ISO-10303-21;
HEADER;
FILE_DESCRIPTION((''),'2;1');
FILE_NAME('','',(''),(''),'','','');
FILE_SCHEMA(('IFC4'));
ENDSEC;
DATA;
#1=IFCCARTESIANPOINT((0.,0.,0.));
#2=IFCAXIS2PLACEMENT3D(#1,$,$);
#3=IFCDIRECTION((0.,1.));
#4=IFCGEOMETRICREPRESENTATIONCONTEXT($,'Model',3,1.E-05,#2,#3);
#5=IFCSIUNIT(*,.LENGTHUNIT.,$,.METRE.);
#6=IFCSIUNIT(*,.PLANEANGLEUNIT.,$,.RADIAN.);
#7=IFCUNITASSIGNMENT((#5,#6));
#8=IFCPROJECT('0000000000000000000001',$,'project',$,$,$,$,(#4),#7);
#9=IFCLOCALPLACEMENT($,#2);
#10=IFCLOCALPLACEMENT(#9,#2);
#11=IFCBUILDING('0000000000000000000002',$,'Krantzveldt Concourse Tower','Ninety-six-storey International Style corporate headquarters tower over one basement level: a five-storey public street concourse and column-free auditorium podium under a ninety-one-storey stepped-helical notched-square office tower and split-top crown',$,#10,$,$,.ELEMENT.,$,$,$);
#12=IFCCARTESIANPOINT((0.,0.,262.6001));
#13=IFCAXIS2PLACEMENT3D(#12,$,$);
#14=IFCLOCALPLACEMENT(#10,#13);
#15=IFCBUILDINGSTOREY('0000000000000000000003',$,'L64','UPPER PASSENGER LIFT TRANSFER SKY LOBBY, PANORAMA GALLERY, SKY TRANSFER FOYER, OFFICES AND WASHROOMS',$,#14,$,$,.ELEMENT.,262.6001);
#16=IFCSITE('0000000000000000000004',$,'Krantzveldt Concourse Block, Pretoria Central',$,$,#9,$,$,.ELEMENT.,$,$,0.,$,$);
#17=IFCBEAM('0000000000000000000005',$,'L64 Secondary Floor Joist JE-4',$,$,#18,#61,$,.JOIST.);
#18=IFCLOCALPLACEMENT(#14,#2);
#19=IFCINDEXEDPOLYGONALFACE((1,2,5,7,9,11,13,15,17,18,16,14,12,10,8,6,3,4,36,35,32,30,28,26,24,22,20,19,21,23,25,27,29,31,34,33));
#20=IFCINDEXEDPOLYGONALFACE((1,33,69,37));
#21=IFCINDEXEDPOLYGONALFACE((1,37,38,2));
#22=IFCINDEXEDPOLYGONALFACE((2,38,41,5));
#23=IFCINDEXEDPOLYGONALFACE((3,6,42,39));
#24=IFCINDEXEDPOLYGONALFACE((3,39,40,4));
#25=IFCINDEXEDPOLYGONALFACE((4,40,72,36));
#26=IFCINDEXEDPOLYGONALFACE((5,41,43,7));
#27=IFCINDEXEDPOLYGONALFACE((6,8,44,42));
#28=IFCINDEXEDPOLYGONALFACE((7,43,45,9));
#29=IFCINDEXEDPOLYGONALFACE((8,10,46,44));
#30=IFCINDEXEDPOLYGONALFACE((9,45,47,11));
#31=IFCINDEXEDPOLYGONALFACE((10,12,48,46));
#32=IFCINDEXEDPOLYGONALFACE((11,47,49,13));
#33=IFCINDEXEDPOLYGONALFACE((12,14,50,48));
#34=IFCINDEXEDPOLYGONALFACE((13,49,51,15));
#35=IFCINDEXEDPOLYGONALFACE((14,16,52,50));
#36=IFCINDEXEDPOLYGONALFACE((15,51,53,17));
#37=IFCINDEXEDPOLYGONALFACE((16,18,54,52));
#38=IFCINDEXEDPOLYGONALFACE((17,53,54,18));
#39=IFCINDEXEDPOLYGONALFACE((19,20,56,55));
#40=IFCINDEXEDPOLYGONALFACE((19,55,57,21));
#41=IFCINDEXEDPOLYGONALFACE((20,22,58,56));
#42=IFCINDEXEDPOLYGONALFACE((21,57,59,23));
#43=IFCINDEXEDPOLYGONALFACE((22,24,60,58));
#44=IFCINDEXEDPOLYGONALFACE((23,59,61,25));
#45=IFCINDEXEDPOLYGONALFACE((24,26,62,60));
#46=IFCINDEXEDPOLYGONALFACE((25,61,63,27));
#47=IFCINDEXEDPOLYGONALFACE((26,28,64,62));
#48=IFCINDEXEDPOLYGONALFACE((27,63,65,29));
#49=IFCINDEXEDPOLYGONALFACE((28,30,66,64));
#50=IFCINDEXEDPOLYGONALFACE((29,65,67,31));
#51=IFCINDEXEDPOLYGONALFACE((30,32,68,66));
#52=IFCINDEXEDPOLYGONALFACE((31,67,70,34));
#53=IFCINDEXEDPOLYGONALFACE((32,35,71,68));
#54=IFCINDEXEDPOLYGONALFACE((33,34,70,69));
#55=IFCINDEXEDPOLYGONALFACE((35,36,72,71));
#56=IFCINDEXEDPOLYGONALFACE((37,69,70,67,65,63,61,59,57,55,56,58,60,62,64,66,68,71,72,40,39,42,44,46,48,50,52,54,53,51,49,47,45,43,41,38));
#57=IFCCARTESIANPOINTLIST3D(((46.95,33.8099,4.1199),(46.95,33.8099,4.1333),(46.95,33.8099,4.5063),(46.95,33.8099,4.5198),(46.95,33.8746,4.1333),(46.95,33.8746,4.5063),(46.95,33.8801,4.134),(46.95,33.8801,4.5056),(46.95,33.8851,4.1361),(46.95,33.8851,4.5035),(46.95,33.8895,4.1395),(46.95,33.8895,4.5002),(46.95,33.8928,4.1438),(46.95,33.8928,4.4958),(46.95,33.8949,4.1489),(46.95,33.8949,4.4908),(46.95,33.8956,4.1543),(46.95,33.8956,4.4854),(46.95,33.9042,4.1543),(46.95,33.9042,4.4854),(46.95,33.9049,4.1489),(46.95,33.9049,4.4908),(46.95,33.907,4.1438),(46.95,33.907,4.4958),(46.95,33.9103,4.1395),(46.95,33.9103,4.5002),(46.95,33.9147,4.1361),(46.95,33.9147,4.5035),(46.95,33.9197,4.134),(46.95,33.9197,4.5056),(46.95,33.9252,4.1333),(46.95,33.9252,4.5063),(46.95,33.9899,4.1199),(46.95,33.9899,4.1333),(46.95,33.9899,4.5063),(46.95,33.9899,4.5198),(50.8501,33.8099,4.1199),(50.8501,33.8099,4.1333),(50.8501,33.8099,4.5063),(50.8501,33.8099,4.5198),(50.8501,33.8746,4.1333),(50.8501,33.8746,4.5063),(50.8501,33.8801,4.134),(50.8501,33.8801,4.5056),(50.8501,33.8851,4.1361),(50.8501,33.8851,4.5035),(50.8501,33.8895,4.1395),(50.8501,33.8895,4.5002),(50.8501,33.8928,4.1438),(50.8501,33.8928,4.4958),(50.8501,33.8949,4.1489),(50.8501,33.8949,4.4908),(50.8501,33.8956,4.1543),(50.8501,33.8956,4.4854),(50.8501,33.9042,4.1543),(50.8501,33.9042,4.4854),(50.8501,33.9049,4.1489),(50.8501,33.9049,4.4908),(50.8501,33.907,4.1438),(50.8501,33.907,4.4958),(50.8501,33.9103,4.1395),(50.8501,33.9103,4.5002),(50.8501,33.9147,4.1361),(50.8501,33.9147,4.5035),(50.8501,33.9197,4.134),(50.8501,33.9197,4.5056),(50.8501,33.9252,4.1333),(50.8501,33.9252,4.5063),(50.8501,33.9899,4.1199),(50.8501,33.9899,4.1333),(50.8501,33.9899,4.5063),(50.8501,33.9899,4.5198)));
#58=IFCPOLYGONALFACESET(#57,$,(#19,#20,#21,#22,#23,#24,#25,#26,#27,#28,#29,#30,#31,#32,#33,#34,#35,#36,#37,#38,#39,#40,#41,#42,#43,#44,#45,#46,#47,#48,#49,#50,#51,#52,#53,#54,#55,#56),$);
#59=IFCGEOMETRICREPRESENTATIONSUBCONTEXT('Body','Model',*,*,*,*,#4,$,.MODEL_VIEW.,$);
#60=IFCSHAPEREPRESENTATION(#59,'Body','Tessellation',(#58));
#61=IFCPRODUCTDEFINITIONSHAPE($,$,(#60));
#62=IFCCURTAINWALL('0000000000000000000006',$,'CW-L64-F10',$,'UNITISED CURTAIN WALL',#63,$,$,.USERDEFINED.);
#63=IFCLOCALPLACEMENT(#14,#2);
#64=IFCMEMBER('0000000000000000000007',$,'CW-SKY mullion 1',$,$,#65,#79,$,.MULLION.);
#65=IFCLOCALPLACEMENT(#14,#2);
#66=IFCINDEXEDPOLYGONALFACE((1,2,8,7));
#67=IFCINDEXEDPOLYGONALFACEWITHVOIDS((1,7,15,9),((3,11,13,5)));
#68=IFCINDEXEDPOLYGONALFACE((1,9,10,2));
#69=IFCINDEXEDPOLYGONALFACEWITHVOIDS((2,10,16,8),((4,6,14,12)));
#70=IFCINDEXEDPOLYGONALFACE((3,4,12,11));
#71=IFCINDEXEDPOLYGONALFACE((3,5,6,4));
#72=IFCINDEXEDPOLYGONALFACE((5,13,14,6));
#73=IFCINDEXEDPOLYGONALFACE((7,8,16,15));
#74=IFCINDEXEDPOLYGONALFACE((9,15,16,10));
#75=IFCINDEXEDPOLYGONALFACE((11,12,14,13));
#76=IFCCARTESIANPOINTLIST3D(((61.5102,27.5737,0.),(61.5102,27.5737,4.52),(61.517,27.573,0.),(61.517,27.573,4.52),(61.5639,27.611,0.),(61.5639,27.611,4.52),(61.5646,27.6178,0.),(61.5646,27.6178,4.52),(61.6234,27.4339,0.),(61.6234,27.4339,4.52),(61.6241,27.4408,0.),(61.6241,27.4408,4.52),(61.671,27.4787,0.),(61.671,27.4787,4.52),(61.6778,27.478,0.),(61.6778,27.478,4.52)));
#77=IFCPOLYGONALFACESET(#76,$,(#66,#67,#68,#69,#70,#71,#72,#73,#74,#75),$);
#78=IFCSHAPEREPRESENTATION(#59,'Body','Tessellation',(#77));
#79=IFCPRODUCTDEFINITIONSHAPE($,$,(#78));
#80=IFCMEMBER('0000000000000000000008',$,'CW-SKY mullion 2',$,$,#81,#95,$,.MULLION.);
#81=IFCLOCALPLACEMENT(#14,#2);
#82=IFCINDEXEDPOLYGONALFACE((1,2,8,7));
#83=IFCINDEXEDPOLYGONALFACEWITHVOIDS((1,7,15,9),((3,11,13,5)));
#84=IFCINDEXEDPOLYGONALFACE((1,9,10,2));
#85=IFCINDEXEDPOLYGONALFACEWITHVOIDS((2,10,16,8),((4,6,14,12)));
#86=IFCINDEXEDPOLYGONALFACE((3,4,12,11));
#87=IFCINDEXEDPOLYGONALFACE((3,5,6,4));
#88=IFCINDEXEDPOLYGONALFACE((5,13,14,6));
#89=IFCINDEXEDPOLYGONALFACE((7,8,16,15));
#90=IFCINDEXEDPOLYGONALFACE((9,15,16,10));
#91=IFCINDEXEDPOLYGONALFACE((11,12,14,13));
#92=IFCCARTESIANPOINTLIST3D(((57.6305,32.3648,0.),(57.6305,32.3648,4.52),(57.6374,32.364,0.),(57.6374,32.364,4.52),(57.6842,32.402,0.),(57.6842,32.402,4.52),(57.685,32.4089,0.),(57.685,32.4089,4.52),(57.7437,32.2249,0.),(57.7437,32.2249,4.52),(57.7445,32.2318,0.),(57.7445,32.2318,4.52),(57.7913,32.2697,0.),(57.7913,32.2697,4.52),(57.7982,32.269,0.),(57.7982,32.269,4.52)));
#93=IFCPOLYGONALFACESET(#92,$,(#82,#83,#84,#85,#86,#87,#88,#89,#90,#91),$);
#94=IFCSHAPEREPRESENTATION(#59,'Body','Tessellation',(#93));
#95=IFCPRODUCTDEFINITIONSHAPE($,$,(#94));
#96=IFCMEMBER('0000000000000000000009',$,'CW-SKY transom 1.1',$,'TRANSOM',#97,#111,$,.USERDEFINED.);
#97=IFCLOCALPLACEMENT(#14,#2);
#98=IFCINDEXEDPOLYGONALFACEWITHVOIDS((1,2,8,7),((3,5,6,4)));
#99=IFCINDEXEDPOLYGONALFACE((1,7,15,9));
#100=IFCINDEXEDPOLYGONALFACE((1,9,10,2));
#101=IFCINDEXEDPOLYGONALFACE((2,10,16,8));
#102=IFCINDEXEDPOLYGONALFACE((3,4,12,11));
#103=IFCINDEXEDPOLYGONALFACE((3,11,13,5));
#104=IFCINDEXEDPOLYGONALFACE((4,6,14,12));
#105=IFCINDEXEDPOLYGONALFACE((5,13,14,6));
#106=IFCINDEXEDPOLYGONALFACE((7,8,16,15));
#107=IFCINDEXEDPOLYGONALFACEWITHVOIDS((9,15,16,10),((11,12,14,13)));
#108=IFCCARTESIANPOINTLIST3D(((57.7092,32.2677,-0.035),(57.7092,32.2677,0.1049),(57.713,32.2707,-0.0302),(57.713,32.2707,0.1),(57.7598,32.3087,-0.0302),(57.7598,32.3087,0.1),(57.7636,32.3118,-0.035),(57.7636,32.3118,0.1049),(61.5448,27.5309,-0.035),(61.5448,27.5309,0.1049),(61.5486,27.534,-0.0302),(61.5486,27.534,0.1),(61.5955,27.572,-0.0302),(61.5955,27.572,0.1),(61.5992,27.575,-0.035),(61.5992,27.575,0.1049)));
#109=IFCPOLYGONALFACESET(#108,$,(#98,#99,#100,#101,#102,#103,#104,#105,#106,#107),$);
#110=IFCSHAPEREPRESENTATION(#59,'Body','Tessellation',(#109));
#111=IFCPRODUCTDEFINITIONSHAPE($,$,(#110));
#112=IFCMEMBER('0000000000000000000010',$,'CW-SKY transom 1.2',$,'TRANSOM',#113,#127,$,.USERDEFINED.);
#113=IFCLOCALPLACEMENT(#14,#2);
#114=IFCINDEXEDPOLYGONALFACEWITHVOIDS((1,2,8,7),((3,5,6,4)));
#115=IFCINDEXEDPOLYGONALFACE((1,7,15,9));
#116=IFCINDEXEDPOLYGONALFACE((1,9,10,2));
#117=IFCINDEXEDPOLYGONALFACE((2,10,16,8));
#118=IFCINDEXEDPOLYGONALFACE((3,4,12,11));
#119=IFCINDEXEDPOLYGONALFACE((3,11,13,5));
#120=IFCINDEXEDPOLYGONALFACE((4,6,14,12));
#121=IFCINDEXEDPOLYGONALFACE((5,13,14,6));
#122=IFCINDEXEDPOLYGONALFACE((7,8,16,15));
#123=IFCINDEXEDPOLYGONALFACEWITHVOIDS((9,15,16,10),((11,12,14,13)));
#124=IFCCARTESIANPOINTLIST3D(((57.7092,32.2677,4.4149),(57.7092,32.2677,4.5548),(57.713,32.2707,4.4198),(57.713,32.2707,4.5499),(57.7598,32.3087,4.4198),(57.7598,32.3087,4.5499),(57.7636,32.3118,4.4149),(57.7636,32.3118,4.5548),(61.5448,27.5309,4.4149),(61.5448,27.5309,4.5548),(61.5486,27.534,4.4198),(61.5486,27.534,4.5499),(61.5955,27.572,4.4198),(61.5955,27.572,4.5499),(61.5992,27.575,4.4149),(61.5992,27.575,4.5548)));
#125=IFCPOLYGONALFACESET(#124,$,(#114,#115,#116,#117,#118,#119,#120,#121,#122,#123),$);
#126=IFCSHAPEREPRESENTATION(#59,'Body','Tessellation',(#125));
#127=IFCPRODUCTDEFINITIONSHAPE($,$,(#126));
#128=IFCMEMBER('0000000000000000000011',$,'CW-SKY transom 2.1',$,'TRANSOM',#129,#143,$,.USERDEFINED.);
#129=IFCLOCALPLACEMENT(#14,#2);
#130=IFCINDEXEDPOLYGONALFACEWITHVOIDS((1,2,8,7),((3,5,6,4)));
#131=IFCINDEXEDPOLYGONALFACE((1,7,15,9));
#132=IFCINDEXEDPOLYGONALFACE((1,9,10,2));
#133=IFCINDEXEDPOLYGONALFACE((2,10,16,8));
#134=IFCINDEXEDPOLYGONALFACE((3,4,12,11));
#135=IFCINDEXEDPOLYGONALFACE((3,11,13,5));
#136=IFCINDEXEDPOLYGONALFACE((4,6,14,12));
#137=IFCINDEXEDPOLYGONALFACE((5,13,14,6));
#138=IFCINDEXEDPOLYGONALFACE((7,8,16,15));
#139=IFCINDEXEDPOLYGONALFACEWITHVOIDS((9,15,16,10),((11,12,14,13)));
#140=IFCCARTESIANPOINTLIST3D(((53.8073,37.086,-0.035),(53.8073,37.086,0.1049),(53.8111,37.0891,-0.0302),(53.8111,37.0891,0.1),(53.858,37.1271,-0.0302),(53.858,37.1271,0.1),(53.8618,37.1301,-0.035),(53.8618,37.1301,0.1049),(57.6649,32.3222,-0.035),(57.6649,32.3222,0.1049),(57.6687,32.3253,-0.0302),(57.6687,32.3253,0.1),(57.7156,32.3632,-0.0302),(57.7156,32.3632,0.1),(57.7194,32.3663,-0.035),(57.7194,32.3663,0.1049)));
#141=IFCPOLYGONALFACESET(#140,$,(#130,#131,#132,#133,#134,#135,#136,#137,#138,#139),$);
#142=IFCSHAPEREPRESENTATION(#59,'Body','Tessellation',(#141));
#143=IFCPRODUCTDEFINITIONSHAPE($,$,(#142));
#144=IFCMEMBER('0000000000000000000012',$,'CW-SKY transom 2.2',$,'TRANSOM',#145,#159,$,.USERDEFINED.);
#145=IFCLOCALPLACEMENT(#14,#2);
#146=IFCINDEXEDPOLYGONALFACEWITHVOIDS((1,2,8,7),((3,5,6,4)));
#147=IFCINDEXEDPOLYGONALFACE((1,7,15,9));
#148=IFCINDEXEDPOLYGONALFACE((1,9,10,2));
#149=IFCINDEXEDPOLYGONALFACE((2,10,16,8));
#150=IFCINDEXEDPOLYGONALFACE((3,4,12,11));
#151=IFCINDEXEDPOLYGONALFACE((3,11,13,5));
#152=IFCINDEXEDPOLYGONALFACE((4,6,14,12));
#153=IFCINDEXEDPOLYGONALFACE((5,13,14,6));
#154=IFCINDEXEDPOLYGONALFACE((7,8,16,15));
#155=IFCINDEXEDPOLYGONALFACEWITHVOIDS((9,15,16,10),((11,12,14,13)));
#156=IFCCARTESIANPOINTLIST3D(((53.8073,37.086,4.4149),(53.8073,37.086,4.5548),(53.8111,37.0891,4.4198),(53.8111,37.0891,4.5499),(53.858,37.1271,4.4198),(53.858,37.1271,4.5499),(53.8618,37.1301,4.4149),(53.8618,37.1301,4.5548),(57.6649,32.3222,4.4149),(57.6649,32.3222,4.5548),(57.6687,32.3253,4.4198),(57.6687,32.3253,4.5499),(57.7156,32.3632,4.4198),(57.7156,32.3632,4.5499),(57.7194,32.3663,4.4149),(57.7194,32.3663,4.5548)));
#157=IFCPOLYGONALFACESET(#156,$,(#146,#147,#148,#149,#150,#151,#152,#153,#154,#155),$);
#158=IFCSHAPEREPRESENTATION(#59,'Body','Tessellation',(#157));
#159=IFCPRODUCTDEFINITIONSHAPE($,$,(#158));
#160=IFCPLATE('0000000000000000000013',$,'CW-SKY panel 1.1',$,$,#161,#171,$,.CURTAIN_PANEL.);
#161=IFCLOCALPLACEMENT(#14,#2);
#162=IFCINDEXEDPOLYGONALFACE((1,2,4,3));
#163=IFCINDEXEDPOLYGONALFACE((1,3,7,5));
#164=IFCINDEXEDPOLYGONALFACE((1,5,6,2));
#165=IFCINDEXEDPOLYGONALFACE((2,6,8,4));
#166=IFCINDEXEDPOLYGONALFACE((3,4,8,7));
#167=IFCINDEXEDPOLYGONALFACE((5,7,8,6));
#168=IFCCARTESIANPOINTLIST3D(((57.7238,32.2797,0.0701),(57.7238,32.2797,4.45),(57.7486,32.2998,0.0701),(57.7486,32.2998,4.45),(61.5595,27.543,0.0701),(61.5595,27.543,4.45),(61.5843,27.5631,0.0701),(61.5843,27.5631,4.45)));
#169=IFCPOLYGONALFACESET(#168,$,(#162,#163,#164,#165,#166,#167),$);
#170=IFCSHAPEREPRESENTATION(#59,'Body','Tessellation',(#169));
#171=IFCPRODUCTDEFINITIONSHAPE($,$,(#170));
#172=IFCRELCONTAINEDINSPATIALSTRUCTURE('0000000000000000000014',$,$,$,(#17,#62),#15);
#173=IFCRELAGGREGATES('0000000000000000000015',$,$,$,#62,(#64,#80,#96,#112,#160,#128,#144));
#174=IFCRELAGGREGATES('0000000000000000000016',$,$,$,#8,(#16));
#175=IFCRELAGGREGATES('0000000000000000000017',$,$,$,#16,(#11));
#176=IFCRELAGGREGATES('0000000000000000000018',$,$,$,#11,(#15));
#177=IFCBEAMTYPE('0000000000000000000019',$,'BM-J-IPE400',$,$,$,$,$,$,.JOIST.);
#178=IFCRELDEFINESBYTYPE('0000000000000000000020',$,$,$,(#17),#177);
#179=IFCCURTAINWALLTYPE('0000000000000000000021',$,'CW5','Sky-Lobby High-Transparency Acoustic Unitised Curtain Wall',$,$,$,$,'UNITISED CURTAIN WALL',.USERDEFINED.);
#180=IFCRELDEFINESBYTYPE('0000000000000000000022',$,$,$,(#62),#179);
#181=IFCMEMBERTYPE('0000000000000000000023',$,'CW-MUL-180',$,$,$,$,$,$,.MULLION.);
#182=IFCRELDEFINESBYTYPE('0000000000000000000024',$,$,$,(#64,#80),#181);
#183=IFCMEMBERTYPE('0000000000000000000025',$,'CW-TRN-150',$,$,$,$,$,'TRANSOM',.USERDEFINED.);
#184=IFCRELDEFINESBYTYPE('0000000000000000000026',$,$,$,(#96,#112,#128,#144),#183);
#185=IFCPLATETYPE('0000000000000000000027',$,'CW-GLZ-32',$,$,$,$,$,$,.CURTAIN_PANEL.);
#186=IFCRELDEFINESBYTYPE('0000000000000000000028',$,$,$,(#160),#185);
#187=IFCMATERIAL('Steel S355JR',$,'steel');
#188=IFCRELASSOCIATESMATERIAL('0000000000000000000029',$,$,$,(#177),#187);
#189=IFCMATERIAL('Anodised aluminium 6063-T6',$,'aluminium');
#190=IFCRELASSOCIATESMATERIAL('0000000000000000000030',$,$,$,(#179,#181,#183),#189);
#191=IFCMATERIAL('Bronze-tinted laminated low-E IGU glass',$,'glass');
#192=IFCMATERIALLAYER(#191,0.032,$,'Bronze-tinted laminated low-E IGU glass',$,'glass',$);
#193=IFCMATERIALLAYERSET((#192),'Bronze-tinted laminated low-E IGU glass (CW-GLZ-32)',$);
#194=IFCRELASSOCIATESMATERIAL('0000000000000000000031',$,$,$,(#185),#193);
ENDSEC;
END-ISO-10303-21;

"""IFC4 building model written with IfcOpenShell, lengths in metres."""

from ifc_helpers import new_model, si_unit, direction, frame, origin, origin_2d, place, context, subcontext, project, spatial, rectangle, hollow_rectangle, i_section, extrude, source, transform, mapped, material, layer, layer_set, material_profile, profile_set, type_object, type_shapes, element, aggregate, save


model = new_model("IFC4")

# Units and contexts
model_context = context("Model", 3, precision=1e-05, world=origin(), true_north=direction((0.0, 1.0)))
body_context = subcontext(model_context, "Body", "Model", "MODEL_VIEW")
ifc_project = project(units=[si_unit("LENGTHUNIT", "METRE"), si_unit("PLANEANGLEUNIT", "RADIAN")], contexts=[model_context])

# Site, building, storey
site_placement = place(None, origin())
site = spatial("IfcSite", under=ifc_project, at=site_placement, Name="Krantzveldt Concourse Block, Pretoria Central", CompositionType="ELEMENT", RefElevation=0.0)
building_placement = place(site_placement, origin())
building = spatial("IfcBuilding", under=site, at=building_placement, Name="Krantzveldt Concourse Tower", Description="Ninety-six-storey International Style corporate headquarters tower over one basement level: a five-storey public street concourse and column-free auditorium podium under a ninety-one-storey stepped-helical notched-square office tower and split-top crown", CompositionType="ELEMENT")
storey_placement = place(building_placement, frame((0.0, 0.0, 262.6001)))
storey = spatial("IfcBuildingStorey", under=building, at=storey_placement, Name="L64", Description="UPPER PASSENGER LIFT TRANSFER SKY LOBBY, PANORAMA GALLERY, SKY TRANSFER FOYER, OFFICES AND WASHROOMS", CompositionType="ELEMENT", Elevation=262.6001)

# Beam
ifc_material_1 = material(Name="Steel S355JR", Category="steel")
ifc_material_profile_1 = material_profile(ifc_material_1, i_section(OverallWidth=0.1799, OverallDepth=0.3999, WebThickness=0.0085, FlangeThickness=0.0134, FilletRadius=0.021, at=origin_2d()), Name="Steel S355JR", Category="steel")
ifc_profile_set_1 = profile_set([ifc_material_profile_1], Name="Steel S355JR - IPE 400")
beam_type_1 = type_object("IfcBeamType", Name="BM-J-IPE400", PredefinedType="JOIST", material=ifc_profile_set_1)
shared_shape_1 = source(origin(), body_context, "Body", "SweptSolid", [
    extrude(i_section(OverallWidth=0.1799, OverallDepth=0.3999, WebThickness=0.0085, FlangeThickness=0.0134, FilletRadius=0.021, at=origin_2d()), origin(), (0.0, 0.0, 1.0), 3.9001),
])
type_shapes(beam_type_1, [shared_shape_1])
for number, where, z_axis, x_axis, name in (
    (1, (46.95, 33.8999, 4.3198), (1.0, 0.0, 0.0), (0.0, 1.0, 0.0), "L64 Secondary Floor Joist JE-4"),
):
    element("IfcBeam", number, at=place(storey_placement, frame(where, z_axis=z_axis, x_axis=x_axis)), inside=storey, type_object=beam_type_1, Name=name, PredefinedType="JOIST", context=body_context, shape_type="MappedRepresentation", body=[
        mapped(shared_shape_1, transform((0.0, 0.0, 0.0), x_axis=(1.0, 0.0, 0.0), y_axis=(0.0, 1.0, 0.0), z_axis=(0.0, 0.0, 1.0), scale=1.0)),
    ])

# Curtain wall, members, plate
ifc_material_2 = material(Name="Anodised aluminium 6063-T6", Category="aluminium")
curtain_wall_type = type_object("IfcCurtainWallType", Name="CW5", Description="Sky-Lobby High-Transparency Acoustic Unitised Curtain Wall", ElementType="UNITISED CURTAIN WALL", PredefinedType="USERDEFINED", material=ifc_material_2)
curtain_wall_placement = place(storey_placement, origin())
curtain_wall = element("IfcCurtainWall", 2, at=curtain_wall_placement, inside=storey, type_object=curtain_wall_type, Name="CW-L64-F10", ObjectType="UNITISED CURTAIN WALL", PredefinedType="USERDEFINED")
ifc_material_profile_2 = material_profile(ifc_material_2, hollow_rectangle(XDim=0.0701, YDim=0.1799, WallThickness=0.0049, at=origin_2d()), Name="Anodised aluminium 6063-T6", Category="aluminium")
ifc_profile_set_2 = profile_set([ifc_material_profile_2], Name="Anodised aluminium 6063-T6 - ALU-MULL 180x70x5")
member_type_1 = type_object("IfcMemberType", Name="CW-MUL-180", PredefinedType="MULLION", material=ifc_profile_set_2)
shared_shape_2 = source(origin(), body_context, "Body", "SweptSolid", [
    extrude(hollow_rectangle(XDim=0.0701, YDim=0.1799, WallThickness=0.0049, at=origin_2d()), origin(), (0.0, 0.0, 1.0), 4.52),
])
type_shapes(member_type_1, [shared_shape_2])
member_1_placement = place(storey_placement, frame((61.594, 27.5259, 0.0), z_axis=(0.0, 0.0, 1.0), x_axis=(-0.777146, -0.62932, 0.0)))
member_1 = element("IfcMember", 3, at=member_1_placement, type_object=member_type_1, Name="CW-SKY mullion 1", PredefinedType="MULLION", context=body_context, shape_type="MappedRepresentation", body=[
    mapped(shared_shape_2, transform((0.0, 0.0, 0.0), x_axis=(1.0, 0.0, 0.0), y_axis=(0.0, 1.0, 0.0), z_axis=(0.0, 0.0, 1.0), scale=1.0)),
])
member_2_placement = place(storey_placement, frame((57.7144, 32.3169, 0.0), z_axis=(0.0, 0.0, 1.0), x_axis=(-0.777146, -0.62932, 0.0)))
member_2 = element("IfcMember", 4, at=member_2_placement, type_object=member_type_1, Name="CW-SKY mullion 2", PredefinedType="MULLION", context=body_context, shape_type="MappedRepresentation", body=[
    mapped(shared_shape_2, transform((0.0, 0.0, 0.0), x_axis=(1.0, 0.0, 0.0), y_axis=(0.0, 1.0, 0.0), z_axis=(0.0, 0.0, 1.0), scale=1.0)),
])
ifc_material_profile_3 = material_profile(ifc_material_2, hollow_rectangle(XDim=0.0701, YDim=0.1399, WallThickness=0.0049, at=origin_2d()), Name="Anodised aluminium 6063-T6", Category="aluminium")
ifc_profile_set_3 = profile_set([ifc_material_profile_3], Name="Anodised aluminium 6063-T6 - ALU-TRAN 140x70x5")
member_type_2 = type_object("IfcMemberType", Name="CW-TRN-150", ElementType="TRANSOM", PredefinedType="USERDEFINED", material=ifc_profile_set_3)
shared_shape_3 = source(origin(), body_context, "Body", "SweptSolid", [
    extrude(hollow_rectangle(XDim=0.0701, YDim=0.1399, WallThickness=0.0049, at=origin_2d()), origin(), (0.0, 0.0, 1.0), 6.095),
])
member_3_placement = place(storey_placement, frame((61.572, 27.553, 0.0349), z_axis=(-0.62931, 0.777154, 0.0), x_axis=(-0.777154, -0.62931, 0.0)))
member_3 = element("IfcMember", 5, at=member_3_placement, type_object=member_type_2, Name="CW-SKY transom 1.1", ObjectType="TRANSOM", PredefinedType="USERDEFINED", context=body_context, shape_type="MappedRepresentation", body=[
    mapped(shared_shape_3, transform((0.0, 0.0, 0.0), x_axis=(1.0, 0.0, 0.0), y_axis=(0.0, 1.0, 0.0), z_axis=(0.0, 0.0, 1.0), scale=1.0)),
])
member_4_placement = place(storey_placement, frame((61.572, 27.553, 4.4849), z_axis=(-0.62931, 0.777154, 0.0), x_axis=(-0.777154, -0.62931, 0.0)))
member_4 = element("IfcMember", 6, at=member_4_placement, type_object=member_type_2, Name="CW-SKY transom 1.2", ObjectType="TRANSOM", PredefinedType="USERDEFINED", context=body_context, shape_type="MappedRepresentation", body=[
    mapped(shared_shape_3, transform((0.0, 0.0, 0.0), x_axis=(1.0, 0.0, 0.0), y_axis=(0.0, 1.0, 0.0), z_axis=(0.0, 0.0, 1.0), scale=1.0)),
])
shared_shape_4 = source(origin(), body_context, "Body", "SweptSolid", [
    extrude(hollow_rectangle(XDim=0.0701, YDim=0.1399, WallThickness=0.0049, at=origin_2d()), origin(), (0.0, 0.0, 1.0), 6.1299),
])
type_shapes(member_type_2, [shared_shape_3, shared_shape_4])
member_5_placement = place(storey_placement, frame((57.6921, 32.3442, 0.0349), z_axis=(-0.629313, 0.777152, 0.0), x_axis=(-0.777152, -0.629313, 0.0)))
member_5 = element("IfcMember", 7, at=member_5_placement, type_object=member_type_2, Name="CW-SKY transom 2.1", ObjectType="TRANSOM", PredefinedType="USERDEFINED", context=body_context, shape_type="MappedRepresentation", body=[
    mapped(shared_shape_4, transform((0.0, 0.0, 0.0), x_axis=(1.0, 0.0, 0.0), y_axis=(0.0, 1.0, 0.0), z_axis=(0.0, 0.0, 1.0), scale=1.0)),
])
member_6_placement = place(storey_placement, frame((57.6921, 32.3442, 4.4849), z_axis=(-0.629313, 0.777152, 0.0), x_axis=(-0.777152, -0.629313, 0.0)))
member_6 = element("IfcMember", 8, at=member_6_placement, type_object=member_type_2, Name="CW-SKY transom 2.2", ObjectType="TRANSOM", PredefinedType="USERDEFINED", context=body_context, shape_type="MappedRepresentation", body=[
    mapped(shared_shape_4, transform((0.0, 0.0, 0.0), x_axis=(1.0, 0.0, 0.0), y_axis=(0.0, 1.0, 0.0), z_axis=(0.0, 0.0, 1.0), scale=1.0)),
])
ifc_material_3 = material(Name="Bronze-tinted laminated low-E IGU glass", Category="glass")
ifc_layer_1 = layer(ifc_material_3, 0.032, Name="Bronze-tinted laminated low-E IGU glass", Category="glass")
ifc_layer_set_1 = layer_set([ifc_layer_1], Name="Bronze-tinted laminated low-E IGU glass (CW-GLZ-32)")
plate_type = type_object("IfcPlateType", Name="CW-GLZ-32", PredefinedType="CURTAIN_PANEL", material=ifc_layer_set_1)
shared_shape_5 = source(origin(), body_context, "Body", "SweptSolid", [
    extrude(rectangle(XDim=6.095, YDim=0.032, at=origin_2d()), origin(), (0.0, 0.0, 1.0), 4.3799),
])
type_shapes(plate_type, [shared_shape_5])
plate_placement = place(storey_placement, frame((59.6541, 29.9214, 0.0701), z_axis=(0.0, 0.0, 1.0), x_axis=(-0.62932, 0.777146, 0.0)))
plate = element("IfcPlate", 9, at=plate_placement, type_object=plate_type, Name="CW-SKY panel 1.1", PredefinedType="CURTAIN_PANEL", context=body_context, shape_type="MappedRepresentation", body=[
    mapped(shared_shape_5, transform((0.0, 0.0, 0.0), x_axis=(1.0, 0.0, 0.0), y_axis=(0.0, 1.0, 0.0), z_axis=(0.0, 0.0, 1.0), scale=1.0)),
])
aggregate(curtain_wall, [member_1, member_2, member_3, member_4, plate, member_5, member_6])

save(model, "model.ifc")
